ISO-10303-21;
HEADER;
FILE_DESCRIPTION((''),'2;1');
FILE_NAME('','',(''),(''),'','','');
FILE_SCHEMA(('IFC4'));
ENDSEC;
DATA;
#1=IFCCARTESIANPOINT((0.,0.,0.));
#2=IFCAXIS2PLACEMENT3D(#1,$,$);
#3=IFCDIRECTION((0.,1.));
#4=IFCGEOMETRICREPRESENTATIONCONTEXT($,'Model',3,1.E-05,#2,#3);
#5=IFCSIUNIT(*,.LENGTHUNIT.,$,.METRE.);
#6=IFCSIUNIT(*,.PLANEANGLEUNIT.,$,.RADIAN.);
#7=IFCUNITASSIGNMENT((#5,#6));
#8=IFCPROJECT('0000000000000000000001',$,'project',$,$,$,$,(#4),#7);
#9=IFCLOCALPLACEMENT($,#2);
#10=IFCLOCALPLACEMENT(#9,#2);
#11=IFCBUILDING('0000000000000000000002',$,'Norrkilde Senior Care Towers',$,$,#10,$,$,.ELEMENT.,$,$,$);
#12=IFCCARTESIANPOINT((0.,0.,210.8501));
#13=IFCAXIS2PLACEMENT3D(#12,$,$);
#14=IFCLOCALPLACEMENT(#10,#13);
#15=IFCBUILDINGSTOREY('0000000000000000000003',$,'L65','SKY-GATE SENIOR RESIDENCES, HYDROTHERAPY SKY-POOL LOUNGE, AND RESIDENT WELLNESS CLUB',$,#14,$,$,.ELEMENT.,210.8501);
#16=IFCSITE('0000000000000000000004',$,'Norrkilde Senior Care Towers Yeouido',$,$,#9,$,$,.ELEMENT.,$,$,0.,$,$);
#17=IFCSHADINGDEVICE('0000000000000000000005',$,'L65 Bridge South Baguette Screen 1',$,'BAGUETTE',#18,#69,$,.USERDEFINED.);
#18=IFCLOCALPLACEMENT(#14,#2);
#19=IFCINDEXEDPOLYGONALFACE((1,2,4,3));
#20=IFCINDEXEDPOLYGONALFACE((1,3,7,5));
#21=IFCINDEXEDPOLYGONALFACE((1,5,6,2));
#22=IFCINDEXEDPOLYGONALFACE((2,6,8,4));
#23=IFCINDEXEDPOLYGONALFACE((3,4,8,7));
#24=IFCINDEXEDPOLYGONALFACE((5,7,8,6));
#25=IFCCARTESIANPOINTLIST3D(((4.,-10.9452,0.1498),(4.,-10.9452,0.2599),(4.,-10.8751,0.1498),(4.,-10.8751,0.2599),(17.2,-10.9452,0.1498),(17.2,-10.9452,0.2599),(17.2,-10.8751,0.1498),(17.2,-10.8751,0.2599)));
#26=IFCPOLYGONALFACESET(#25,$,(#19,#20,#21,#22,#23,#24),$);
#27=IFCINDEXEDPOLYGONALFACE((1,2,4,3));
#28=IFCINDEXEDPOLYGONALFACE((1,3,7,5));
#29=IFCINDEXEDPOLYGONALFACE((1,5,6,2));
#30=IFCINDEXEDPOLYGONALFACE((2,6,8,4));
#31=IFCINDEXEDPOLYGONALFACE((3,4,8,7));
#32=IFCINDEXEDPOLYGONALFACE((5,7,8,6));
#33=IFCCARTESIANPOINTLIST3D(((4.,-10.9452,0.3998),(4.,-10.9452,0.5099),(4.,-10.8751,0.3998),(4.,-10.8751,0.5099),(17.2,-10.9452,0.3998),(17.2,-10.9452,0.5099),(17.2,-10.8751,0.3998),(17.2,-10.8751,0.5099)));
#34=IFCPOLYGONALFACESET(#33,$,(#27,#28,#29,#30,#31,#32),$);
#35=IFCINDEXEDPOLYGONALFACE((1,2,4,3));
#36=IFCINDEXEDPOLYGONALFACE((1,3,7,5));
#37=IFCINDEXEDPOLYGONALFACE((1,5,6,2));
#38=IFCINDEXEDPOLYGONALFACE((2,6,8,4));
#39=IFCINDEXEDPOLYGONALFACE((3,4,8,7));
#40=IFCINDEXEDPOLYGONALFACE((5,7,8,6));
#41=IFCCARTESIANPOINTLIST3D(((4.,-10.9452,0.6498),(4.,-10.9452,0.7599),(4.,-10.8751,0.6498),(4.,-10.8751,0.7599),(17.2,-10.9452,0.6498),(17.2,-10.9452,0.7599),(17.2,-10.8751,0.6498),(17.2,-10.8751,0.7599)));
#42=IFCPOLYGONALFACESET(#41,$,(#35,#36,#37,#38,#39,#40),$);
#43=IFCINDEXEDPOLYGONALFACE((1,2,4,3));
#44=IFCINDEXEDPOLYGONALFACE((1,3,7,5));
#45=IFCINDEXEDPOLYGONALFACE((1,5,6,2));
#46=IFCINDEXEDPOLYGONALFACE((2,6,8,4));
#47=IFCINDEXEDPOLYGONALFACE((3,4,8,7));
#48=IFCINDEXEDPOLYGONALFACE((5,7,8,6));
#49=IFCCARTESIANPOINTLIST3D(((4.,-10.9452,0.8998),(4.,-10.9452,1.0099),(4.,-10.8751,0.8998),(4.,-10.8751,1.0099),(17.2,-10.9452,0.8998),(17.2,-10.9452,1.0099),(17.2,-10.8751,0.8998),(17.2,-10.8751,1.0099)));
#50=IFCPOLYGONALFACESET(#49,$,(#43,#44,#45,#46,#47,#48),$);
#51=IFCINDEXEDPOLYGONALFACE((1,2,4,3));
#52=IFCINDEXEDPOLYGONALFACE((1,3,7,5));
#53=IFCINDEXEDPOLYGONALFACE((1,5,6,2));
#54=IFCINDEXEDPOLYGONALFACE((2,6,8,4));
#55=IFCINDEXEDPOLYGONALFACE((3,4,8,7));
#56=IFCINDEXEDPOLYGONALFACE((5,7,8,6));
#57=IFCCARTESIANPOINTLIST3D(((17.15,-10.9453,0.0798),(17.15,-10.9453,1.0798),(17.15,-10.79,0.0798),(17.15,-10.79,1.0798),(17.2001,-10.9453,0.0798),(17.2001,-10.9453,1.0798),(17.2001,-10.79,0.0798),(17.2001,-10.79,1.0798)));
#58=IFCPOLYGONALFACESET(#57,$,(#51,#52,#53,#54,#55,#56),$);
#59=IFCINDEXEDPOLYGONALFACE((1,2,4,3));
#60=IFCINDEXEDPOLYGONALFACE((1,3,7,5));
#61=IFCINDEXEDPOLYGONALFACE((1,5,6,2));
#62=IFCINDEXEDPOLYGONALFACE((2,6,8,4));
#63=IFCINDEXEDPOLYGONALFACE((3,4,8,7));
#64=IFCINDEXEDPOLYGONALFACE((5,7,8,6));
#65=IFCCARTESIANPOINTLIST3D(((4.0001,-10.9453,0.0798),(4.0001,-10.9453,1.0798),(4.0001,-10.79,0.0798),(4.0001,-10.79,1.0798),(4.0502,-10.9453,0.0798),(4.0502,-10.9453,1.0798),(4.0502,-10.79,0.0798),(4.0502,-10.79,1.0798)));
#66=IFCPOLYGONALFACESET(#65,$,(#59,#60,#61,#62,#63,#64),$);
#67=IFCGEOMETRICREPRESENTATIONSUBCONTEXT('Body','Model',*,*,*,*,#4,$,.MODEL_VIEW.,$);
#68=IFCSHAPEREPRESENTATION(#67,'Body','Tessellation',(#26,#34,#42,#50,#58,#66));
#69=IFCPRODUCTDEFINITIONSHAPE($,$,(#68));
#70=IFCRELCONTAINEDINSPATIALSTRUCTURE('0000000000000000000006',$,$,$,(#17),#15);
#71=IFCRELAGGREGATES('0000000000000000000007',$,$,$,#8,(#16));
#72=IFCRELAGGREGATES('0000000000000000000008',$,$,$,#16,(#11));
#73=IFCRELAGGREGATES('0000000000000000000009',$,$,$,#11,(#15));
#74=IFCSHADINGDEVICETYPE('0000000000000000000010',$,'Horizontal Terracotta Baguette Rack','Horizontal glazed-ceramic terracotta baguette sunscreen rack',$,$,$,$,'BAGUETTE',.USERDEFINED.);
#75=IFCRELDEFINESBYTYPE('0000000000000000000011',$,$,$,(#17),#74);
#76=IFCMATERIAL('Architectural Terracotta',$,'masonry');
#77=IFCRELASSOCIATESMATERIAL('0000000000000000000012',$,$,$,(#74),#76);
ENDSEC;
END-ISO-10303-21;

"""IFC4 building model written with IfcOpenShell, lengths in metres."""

from ifc_helpers import new_model, si_unit, direction, frame, origin, origin_2d, place, context, subcontext, project, spatial, rectangle, extrude, source, transform, mapped, material, type_object, type_shapes, element, save


model = new_model("IFC4")

# Units and contexts
model_context = context("Model", 3, precision=1e-05, world=origin(), true_north=direction((0.0, 1.0)))
body_context = subcontext(model_context, "Body", "Model", "MODEL_VIEW")
ifc_project = project(units=[si_unit("LENGTHUNIT", "METRE"), si_unit("PLANEANGLEUNIT", "RADIAN")], contexts=[model_context])

# Site, building, storey
site_placement = place(None, origin())
site = spatial("IfcSite", under=ifc_project, at=site_placement, Name="Norrkilde Senior Care Towers Yeouido", CompositionType="ELEMENT", RefElevation=0.0)
building_placement = place(site_placement, origin())
building = spatial("IfcBuilding", under=site, at=building_placement, Name="Norrkilde Senior Care Towers", CompositionType="ELEMENT")
storey_placement = place(building_placement, frame((0.0, 0.0, 210.8501)))
storey = spatial("IfcBuildingStorey", under=building, at=storey_placement, Name="L65", Description="SKY-GATE SENIOR RESIDENCES, HYDROTHERAPY SKY-POOL LOUNGE, AND RESIDENT WELLNESS CLUB", CompositionType="ELEMENT", Elevation=210.8501)

# Shading device
ifc_material_1 = material(Name="Architectural Terracotta", Category="masonry")
shading_device_type = type_object("IfcShadingDeviceType", Name="Horizontal Terracotta Baguette Rack", Description="Horizontal glazed-ceramic terracotta baguette sunscreen rack", ElementType="BAGUETTE", PredefinedType="USERDEFINED", material=ifc_material_1)
shared_shape_1 = source(origin(), body_context, "Body", "SweptSolid", [
    extrude(rectangle(XDim=0.0701, YDim=0.1101, at=origin_2d()), frame((0.0, 0.0901, 0.125), z_axis=(1.0, 0.0, 0.0), x_axis=(0.0, 1.0, 0.0)), (0.0, 0.0, 1.0), 13.2),
    extrude(rectangle(XDim=0.0701, YDim=0.1101, at=origin_2d()), frame((0.0, 0.0901, 0.375), z_axis=(1.0, 0.0, 0.0), x_axis=(0.0, 1.0, 0.0)), (0.0, 0.0, 1.0), 13.2),
    extrude(rectangle(XDim=0.0701, YDim=0.1101, at=origin_2d()), frame((0.0, 0.0901, 0.625), z_axis=(1.0, 0.0, 0.0), x_axis=(0.0, 1.0, 0.0)), (0.0, 0.0, 1.0), 13.2),
    extrude(rectangle(XDim=0.0701, YDim=0.1101, at=origin_2d()), frame((0.0, 0.0901, 0.875), z_axis=(1.0, 0.0, 0.0), x_axis=(0.0, 1.0, 0.0)), (0.0, 0.0, 1.0), 13.2),
    extrude(rectangle(XDim=0.05, YDim=0.1553, at=origin_2d()), frame((0.0249, 0.0476, 0.0)), (0.0, 0.0, 1.0), 1.0),
    extrude(rectangle(XDim=0.05, YDim=0.1553, at=origin_2d()), frame((13.1748, 0.0476, 0.0)), (0.0, 0.0, 1.0), 1.0),
])
type_shapes(shading_device_type, [shared_shape_1])
shading_device_placement = place(storey_placement, frame((17.2, -10.8201, 0.0798), z_axis=(0.0, 0.0, 1.0), x_axis=(-1.0, 0.0, 0.0)))
element("IfcShadingDevice", 1, at=shading_device_placement, inside=storey, type_object=shading_device_type, Name="L65 Bridge South Baguette Screen 1", ObjectType="BAGUETTE", PredefinedType="USERDEFINED", context=body_context, shape_type="MappedRepresentation", body=[
    mapped(shared_shape_1, transform((0.0, 0.0, 0.0), x_axis=(1.0, 0.0, 0.0), y_axis=(0.0, 1.0, 0.0), z_axis=(0.0, 0.0, 1.0), scale=1.0)),
])

save(model, "model.ifc")
